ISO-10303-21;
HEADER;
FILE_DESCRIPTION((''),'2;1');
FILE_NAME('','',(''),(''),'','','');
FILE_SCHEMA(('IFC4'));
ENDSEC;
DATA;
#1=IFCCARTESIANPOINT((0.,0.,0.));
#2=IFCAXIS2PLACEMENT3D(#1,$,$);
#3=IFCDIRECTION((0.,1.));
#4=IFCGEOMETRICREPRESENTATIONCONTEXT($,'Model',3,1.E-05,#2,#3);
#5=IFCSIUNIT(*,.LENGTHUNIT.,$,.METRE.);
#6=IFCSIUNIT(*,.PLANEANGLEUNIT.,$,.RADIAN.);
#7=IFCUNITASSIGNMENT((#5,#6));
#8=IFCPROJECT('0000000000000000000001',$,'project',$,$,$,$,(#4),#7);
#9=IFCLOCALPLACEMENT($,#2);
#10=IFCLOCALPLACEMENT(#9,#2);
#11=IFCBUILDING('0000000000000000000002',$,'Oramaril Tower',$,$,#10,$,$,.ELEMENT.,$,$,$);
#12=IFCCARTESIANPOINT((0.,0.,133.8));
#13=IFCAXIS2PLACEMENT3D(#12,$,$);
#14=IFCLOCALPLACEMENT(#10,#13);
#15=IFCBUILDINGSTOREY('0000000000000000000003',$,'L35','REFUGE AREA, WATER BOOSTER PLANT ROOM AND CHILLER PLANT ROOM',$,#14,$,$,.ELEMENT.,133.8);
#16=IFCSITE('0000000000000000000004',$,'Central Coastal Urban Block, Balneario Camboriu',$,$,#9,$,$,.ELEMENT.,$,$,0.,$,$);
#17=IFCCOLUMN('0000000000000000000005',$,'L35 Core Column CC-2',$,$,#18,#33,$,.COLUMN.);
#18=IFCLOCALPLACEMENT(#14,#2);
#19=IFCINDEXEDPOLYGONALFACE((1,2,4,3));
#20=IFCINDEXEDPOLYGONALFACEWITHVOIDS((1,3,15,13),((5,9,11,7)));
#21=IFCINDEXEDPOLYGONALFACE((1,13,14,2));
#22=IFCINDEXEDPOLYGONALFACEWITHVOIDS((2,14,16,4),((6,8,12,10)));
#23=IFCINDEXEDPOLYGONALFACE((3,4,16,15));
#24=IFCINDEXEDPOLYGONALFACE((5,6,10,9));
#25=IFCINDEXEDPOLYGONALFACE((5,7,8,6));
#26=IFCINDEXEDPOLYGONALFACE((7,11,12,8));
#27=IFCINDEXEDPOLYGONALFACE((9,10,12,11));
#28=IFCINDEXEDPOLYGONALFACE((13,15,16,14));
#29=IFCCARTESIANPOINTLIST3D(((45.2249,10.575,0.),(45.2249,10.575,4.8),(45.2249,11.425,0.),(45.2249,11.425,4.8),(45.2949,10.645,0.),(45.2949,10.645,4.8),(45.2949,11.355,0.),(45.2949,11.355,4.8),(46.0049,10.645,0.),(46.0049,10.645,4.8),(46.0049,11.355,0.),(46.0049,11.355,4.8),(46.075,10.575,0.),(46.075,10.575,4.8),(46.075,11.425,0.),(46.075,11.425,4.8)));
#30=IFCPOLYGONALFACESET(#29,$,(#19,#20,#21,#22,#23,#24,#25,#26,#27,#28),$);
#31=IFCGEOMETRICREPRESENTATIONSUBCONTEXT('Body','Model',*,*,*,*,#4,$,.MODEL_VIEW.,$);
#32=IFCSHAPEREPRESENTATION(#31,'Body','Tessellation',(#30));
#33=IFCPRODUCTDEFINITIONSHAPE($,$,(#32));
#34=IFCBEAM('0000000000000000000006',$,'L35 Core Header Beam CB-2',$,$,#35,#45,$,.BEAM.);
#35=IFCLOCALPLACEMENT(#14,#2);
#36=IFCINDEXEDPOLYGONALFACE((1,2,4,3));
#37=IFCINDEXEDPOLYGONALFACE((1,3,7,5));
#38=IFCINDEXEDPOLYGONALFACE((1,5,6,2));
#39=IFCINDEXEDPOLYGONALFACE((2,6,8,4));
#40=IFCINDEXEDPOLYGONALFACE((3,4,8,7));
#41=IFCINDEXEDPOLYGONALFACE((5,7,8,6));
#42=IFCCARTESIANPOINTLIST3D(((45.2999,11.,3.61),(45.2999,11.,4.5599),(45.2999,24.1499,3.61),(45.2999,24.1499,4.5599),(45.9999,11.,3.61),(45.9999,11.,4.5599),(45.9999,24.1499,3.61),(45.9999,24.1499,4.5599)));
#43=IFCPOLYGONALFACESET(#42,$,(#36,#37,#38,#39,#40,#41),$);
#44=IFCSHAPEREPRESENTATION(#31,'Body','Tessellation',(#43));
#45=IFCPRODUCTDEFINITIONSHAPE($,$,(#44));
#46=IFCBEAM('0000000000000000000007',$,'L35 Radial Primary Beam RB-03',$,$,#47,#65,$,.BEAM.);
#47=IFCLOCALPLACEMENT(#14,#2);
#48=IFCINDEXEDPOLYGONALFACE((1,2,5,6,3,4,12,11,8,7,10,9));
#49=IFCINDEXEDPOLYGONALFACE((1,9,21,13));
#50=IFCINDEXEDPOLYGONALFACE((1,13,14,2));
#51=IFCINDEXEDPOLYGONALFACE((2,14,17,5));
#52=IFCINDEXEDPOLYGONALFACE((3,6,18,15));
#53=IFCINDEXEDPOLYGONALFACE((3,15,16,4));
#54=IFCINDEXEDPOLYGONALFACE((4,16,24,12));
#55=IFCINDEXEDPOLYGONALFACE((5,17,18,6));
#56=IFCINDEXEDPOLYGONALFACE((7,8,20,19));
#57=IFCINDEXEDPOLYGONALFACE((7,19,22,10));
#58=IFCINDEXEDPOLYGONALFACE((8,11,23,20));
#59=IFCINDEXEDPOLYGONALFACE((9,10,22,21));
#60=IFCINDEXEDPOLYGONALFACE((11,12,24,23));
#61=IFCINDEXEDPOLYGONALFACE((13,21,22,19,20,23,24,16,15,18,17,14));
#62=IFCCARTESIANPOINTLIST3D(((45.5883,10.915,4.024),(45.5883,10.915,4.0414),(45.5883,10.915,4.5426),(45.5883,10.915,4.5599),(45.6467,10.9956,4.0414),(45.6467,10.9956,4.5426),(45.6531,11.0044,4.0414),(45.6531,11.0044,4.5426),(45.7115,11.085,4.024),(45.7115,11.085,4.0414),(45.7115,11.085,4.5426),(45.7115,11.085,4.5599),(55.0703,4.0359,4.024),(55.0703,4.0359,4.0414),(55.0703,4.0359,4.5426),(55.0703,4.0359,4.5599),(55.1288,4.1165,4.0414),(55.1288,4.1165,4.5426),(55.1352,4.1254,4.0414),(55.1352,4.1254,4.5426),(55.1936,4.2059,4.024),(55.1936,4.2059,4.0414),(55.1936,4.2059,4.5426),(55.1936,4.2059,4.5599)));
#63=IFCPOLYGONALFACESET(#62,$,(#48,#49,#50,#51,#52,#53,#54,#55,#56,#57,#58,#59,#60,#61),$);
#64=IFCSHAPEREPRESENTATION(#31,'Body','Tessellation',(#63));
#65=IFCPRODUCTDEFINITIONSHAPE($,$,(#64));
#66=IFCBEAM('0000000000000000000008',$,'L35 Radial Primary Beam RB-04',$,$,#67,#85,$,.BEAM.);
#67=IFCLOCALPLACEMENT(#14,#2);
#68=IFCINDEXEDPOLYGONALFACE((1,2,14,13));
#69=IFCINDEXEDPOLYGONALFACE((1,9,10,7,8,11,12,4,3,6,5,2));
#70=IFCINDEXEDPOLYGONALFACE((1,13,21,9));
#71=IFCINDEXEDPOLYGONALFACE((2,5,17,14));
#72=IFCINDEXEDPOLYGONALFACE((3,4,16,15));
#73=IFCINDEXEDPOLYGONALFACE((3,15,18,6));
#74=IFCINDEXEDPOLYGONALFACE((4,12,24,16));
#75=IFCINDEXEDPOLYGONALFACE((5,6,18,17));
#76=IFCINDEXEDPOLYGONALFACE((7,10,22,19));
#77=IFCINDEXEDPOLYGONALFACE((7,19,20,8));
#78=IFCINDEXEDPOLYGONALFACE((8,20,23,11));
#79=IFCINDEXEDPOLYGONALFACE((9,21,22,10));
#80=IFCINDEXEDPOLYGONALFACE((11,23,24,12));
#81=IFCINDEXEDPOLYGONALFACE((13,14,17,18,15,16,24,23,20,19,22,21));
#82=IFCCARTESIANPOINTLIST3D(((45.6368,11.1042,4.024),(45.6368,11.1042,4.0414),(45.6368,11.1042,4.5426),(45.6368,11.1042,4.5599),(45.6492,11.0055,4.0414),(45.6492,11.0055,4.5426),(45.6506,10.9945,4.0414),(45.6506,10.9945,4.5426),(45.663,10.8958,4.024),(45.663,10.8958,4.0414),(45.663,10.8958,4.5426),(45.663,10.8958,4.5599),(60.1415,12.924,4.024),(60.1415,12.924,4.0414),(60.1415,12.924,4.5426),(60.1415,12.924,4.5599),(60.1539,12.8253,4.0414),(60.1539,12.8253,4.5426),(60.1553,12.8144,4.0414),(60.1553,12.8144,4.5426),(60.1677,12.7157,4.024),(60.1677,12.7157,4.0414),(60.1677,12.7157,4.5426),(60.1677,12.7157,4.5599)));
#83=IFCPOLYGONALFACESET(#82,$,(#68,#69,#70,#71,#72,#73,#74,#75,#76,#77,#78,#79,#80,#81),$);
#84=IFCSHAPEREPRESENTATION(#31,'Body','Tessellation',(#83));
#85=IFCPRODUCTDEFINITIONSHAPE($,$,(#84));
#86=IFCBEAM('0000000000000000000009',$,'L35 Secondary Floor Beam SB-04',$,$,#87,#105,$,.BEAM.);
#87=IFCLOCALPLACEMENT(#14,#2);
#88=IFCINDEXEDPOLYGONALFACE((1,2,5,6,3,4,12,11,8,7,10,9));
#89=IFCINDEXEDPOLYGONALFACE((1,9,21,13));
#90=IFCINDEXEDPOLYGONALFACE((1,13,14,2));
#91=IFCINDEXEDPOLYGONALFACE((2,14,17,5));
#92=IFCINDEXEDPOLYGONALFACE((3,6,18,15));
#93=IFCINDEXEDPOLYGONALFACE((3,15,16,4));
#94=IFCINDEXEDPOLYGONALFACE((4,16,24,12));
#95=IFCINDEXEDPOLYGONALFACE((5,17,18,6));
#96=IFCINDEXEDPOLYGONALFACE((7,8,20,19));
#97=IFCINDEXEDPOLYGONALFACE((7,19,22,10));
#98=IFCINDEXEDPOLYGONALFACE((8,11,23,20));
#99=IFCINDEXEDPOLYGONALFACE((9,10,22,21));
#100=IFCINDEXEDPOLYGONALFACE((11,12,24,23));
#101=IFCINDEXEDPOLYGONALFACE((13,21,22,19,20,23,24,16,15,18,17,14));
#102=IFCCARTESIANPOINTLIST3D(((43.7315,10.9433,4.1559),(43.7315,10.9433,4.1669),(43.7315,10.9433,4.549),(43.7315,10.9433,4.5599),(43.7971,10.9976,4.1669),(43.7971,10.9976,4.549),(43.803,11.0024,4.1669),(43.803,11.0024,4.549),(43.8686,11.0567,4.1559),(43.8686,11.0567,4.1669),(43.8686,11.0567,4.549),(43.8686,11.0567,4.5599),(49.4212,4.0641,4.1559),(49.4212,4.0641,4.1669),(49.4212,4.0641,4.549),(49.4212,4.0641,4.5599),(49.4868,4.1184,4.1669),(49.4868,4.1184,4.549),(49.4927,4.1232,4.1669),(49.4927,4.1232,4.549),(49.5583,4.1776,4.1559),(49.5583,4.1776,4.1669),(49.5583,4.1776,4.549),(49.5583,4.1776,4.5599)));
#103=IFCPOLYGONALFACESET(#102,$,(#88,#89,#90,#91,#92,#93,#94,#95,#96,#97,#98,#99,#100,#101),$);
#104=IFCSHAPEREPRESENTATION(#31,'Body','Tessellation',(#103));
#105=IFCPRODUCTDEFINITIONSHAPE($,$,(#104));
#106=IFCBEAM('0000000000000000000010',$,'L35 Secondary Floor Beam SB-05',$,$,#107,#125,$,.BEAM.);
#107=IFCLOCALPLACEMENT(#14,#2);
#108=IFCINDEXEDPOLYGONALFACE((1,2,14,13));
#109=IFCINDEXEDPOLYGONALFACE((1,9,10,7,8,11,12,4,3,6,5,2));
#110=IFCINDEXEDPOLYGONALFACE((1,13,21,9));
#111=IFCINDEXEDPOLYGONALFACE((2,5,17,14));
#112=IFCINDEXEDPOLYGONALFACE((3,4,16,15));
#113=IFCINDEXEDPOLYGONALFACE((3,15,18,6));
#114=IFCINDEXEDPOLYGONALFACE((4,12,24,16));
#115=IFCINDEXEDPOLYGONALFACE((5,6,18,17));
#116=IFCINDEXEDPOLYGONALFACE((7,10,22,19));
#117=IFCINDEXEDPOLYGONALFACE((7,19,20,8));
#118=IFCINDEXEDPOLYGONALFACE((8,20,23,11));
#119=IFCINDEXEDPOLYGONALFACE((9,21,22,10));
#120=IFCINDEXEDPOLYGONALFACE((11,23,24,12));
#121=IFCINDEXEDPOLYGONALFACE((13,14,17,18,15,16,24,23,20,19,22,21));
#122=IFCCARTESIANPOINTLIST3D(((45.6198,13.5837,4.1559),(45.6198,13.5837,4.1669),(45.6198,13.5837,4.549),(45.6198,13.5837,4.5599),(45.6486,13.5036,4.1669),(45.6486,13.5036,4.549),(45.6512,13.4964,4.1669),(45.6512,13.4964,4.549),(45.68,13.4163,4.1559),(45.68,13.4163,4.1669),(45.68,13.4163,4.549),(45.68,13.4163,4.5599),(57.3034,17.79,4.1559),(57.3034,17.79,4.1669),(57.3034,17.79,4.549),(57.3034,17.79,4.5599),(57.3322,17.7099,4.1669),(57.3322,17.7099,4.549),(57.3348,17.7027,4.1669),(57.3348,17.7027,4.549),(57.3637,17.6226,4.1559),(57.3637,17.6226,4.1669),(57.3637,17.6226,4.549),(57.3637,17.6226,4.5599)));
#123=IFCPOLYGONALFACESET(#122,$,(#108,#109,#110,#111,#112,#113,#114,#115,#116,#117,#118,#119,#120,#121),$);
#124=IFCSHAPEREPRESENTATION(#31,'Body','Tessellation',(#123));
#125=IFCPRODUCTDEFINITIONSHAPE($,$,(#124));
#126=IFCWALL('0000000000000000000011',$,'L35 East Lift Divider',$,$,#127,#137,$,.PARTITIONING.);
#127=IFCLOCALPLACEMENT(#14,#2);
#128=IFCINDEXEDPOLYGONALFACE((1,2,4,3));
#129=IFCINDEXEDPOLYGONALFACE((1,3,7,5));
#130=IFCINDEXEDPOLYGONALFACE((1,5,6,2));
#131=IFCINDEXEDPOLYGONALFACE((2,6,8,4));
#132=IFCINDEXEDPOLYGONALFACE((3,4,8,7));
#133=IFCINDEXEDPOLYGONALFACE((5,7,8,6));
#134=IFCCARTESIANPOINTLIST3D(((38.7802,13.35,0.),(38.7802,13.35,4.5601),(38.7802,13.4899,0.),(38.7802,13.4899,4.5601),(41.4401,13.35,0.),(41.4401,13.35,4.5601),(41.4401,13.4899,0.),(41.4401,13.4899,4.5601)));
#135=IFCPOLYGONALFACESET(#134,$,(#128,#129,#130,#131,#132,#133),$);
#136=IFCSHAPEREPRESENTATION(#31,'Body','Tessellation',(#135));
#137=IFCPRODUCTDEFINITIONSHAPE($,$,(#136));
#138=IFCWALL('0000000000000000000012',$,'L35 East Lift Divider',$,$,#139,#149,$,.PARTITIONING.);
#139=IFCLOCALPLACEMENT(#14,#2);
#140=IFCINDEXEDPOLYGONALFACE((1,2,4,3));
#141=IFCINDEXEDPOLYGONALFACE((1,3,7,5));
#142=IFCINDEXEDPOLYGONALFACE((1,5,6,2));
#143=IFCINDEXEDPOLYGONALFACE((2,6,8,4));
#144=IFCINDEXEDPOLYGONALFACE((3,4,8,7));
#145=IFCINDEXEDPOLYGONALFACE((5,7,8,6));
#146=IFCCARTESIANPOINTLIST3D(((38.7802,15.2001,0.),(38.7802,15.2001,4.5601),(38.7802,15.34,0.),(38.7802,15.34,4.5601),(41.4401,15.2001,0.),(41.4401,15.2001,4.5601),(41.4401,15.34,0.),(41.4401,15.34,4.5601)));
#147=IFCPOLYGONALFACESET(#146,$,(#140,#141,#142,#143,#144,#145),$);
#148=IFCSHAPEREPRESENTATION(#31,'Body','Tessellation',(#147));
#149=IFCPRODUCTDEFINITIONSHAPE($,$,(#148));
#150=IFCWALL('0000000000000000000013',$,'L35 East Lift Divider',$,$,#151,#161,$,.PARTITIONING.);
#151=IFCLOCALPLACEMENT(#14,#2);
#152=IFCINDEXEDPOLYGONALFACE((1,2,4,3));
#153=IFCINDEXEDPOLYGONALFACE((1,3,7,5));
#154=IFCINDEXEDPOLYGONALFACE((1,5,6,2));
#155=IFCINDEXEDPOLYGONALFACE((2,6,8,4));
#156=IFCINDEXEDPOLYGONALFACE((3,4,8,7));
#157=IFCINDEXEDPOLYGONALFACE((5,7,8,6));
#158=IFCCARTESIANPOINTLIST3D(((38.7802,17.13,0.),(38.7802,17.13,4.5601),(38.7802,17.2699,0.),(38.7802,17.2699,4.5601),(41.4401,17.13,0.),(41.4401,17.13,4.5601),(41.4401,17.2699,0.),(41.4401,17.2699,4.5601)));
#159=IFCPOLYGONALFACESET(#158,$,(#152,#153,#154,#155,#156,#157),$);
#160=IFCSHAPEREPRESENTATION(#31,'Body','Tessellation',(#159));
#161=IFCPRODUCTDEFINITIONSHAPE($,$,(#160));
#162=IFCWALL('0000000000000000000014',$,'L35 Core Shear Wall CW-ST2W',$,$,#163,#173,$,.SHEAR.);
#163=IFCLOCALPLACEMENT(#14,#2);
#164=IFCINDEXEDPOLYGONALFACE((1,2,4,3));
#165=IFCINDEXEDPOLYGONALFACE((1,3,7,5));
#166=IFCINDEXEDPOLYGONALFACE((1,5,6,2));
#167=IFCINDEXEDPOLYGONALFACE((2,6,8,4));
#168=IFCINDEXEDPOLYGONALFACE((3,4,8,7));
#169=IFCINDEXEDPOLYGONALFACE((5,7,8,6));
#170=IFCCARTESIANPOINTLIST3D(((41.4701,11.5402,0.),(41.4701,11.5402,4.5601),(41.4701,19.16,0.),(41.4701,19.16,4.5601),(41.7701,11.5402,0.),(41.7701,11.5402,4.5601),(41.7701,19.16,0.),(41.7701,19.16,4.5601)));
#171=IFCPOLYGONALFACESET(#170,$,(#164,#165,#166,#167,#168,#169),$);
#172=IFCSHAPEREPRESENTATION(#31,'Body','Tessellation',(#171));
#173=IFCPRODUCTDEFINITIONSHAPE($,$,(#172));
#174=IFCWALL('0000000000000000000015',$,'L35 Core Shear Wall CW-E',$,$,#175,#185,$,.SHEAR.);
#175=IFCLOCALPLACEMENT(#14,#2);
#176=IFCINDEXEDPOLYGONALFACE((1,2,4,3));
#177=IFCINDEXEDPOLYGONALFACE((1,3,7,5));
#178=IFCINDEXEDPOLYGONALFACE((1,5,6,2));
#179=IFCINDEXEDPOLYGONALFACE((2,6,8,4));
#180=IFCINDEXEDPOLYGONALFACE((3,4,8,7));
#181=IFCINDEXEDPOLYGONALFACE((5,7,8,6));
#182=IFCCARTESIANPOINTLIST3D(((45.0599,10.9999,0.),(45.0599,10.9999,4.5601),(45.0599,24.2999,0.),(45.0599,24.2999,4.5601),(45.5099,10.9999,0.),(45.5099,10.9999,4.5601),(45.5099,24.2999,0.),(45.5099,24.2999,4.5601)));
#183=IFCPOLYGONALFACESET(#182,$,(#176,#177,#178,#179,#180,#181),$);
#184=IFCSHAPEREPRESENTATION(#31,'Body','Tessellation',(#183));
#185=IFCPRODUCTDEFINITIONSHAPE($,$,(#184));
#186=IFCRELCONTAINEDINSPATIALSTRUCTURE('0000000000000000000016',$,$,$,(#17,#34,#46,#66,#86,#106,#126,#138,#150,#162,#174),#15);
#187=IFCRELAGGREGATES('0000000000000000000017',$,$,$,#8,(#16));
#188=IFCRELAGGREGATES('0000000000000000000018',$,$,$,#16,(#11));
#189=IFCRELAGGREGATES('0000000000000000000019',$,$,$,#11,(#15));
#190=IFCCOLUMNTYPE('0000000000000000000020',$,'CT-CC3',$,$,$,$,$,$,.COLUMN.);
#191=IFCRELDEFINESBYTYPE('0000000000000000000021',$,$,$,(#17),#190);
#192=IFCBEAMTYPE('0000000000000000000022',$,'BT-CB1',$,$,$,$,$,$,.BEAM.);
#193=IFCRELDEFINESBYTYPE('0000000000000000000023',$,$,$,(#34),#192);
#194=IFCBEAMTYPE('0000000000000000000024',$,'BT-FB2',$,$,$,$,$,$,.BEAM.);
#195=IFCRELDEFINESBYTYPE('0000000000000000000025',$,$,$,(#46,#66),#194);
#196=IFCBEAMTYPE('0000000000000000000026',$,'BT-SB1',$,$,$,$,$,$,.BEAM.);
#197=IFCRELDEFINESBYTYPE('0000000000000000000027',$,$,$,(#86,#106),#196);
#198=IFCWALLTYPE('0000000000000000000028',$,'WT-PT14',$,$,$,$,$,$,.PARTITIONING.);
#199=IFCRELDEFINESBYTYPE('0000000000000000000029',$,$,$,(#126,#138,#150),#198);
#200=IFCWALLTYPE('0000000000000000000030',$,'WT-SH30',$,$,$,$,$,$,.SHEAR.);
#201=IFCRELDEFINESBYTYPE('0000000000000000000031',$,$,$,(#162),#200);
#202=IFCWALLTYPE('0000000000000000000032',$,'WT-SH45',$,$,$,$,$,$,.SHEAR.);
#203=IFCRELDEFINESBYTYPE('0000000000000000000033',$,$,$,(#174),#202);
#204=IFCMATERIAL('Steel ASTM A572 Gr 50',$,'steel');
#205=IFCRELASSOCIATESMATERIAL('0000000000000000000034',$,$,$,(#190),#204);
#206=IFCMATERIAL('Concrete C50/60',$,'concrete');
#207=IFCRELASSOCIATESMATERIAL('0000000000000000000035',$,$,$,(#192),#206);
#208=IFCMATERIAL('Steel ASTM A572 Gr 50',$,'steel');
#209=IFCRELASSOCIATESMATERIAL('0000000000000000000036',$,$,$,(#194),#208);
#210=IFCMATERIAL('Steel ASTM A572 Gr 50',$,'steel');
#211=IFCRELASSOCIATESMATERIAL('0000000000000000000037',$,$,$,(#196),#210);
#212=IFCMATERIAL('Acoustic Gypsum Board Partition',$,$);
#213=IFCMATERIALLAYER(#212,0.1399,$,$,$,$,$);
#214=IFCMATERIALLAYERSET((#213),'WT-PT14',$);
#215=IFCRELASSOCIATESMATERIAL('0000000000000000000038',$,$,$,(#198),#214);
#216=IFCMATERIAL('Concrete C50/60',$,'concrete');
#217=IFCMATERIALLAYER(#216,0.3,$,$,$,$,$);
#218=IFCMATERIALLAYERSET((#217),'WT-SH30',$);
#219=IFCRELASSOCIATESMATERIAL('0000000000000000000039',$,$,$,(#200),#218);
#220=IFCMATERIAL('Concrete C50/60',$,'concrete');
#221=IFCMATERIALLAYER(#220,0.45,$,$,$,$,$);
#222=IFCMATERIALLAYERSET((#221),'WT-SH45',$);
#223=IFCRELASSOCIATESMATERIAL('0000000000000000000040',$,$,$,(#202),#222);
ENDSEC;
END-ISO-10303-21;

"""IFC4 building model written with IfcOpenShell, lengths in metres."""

from ifc_helpers import new_model, si_unit, direction, frame, frame_2d, origin, origin_2d, place, context, subcontext, project, spatial, rectangle, hollow_rectangle, i_section, extrude, material, layer, layer_set, material_profile, profile_set, type_object, element, save


model = new_model("IFC4")

# Units and contexts
model_context = context("Model", 3, precision=1e-05, world=origin(), true_north=direction((0.0, 1.0)))
body_context = subcontext(model_context, "Body", "Model", "MODEL_VIEW")
ifc_project = project(units=[si_unit("LENGTHUNIT", "METRE"), si_unit("PLANEANGLEUNIT", "RADIAN")], contexts=[model_context])

# Site, building, storey
site_placement = place(None, origin())
site = spatial("IfcSite", under=ifc_project, at=site_placement, Name="Central Coastal Urban Block, Balneario Camboriu", CompositionType="ELEMENT", RefElevation=0.0)
building_placement = place(site_placement, origin())
building = spatial("IfcBuilding", under=site, at=building_placement, Name="Oramaril Tower", CompositionType="ELEMENT")
storey_placement = place(building_placement, frame((0.0, 0.0, 133.8)))
storey = spatial("IfcBuildingStorey", under=building, at=storey_placement, Name="L35", Description="REFUGE AREA, WATER BOOSTER PLANT ROOM AND CHILLER PLANT ROOM", CompositionType="ELEMENT", Elevation=133.8)

# Column
ifc_material_1 = material(Name="Steel ASTM A572 Gr 50", Category="steel")
ifc_material_profile_1 = material_profile(ifc_material_1, hollow_rectangle(XDim=0.8501, YDim=0.8501, WallThickness=0.0701, at=origin_2d()), Name="BOX850X850X70")
ifc_profile_set_1 = profile_set([ifc_material_profile_1], Name="Steel ASTM A572 Gr 50")
column_type = type_object("IfcColumnType", Name="CT-CC3", PredefinedType="COLUMN", material=ifc_profile_set_1)
column_placement = place(storey_placement, frame((45.6499, 11.0, 0.0), z_axis=(0.0, 0.0, 1.0), x_axis=(1.0, 0.0, 0.0)))
element("IfcColumn", 1, at=column_placement, inside=storey, type_object=column_type, Name="L35 Core Column CC-2", PredefinedType="COLUMN", context=body_context, shape_type="SweptSolid", body=[
    extrude(hollow_rectangle(XDim=0.8501, YDim=0.8501, WallThickness=0.0701, at=origin_2d()), origin(), (0.0, 0.0, 1.0), 4.8),
])

# Beams
ifc_material_2 = material(Name="Concrete C50/60", Category="concrete")
ifc_material_profile_2 = material_profile(ifc_material_2, rectangle(XDim=0.7, YDim=0.95, at=origin_2d()), Name="CB700X950")
ifc_profile_set_2 = profile_set([ifc_material_profile_2], Name="Concrete C50/60")
beam_type_1 = type_object("IfcBeamType", Name="BT-CB1", PredefinedType="BEAM", material=ifc_profile_set_2)
beam_1_placement = place(storey_placement, frame((45.6499, 11.0, 4.085), z_axis=(0.0, 1.0, 0.0), x_axis=(-1.0, 0.0, 0.0)))
element("IfcBeam", 2, at=beam_1_placement, inside=storey, type_object=beam_type_1, Name="L35 Core Header Beam CB-2", PredefinedType="BEAM", context=body_context, shape_type="SweptSolid", body=[
    extrude(rectangle(XDim=0.7, YDim=0.95, at=origin_2d()), origin(), (0.0, 0.0, 1.0), 13.1499),
])
ifc_material_3 = material(Name="Steel ASTM A572 Gr 50", Category="steel")
ifc_material_profile_3 = material_profile(ifc_material_3, i_section(OverallWidth=0.21, OverallDepth=0.5359, WebThickness=0.011, FlangeThickness=0.0173, at=origin_2d()), Name="W21X68")
ifc_profile_set_3 = profile_set([ifc_material_profile_3], Name="Steel ASTM A572 Gr 50")
beam_type_2 = type_object("IfcBeamType", Name="BT-FB2", PredefinedType="BEAM", material=ifc_profile_set_3)
beam_2_placement = place(storey_placement, frame((45.6499, 11.0, 4.292), z_axis=(0.809425, -0.587223, 0.0), x_axis=(0.587223, 0.809425, 0.0)))
element("IfcBeam", 3, at=beam_2_placement, inside=storey, type_object=beam_type_2, Name="L35 Radial Primary Beam RB-03", PredefinedType="BEAM", context=body_context, shape_type="SweptSolid", body=[
    extrude(i_section(OverallWidth=0.21, OverallDepth=0.5359, WebThickness=0.011, FlangeThickness=0.0173, at=origin_2d()), origin(), (0.0, 0.0, 1.0), 11.7146),
])
beam_3_placement = place(storey_placement, frame((45.6499, 11.0, 4.292), z_axis=(0.992221, 0.124489, 0.0), x_axis=(-0.124489, 0.992221, 0.0)))
element("IfcBeam", 4, at=beam_3_placement, inside=storey, type_object=beam_type_2, Name="L35 Radial Primary Beam RB-04", PredefinedType="BEAM", context=body_context, shape_type="SweptSolid", body=[
    extrude(i_section(OverallWidth=0.21, OverallDepth=0.5359, WebThickness=0.011, FlangeThickness=0.0173, at=origin_2d()), origin(), (0.0, 0.0, 1.0), 14.6184),
])
ifc_material_4 = material(Name="Steel ASTM A572 Gr 50", Category="steel")
ifc_material_profile_4 = material_profile(ifc_material_4, i_section(OverallWidth=0.178, OverallDepth=0.4041, WebThickness=0.0076, FlangeThickness=0.011, at=origin_2d()), Name="W16X36")
ifc_profile_set_4 = profile_set([ifc_material_profile_4], Name="Steel ASTM A572 Gr 50")
beam_type_3 = type_object("IfcBeamType", Name="BT-SB1", PredefinedType="BEAM", material=ifc_profile_set_4)
beam_4_placement = place(storey_placement, frame((43.8, 11.0, 4.3579), z_axis=(0.637342, -0.770581, 0.0), x_axis=(0.770581, 0.637342, 0.0)))
element("IfcBeam", 5, at=beam_4_placement, inside=storey, type_object=beam_type_3, Name="L35 Secondary Floor Beam SB-04", PredefinedType="BEAM", context=body_context, shape_type="SweptSolid", body=[
    extrude(i_section(OverallWidth=0.178, OverallDepth=0.4041, WebThickness=0.0076, FlangeThickness=0.011, at=origin_2d()), origin(), (0.0, 0.0, 1.0), 8.9272),
])
beam_5_placement = place(storey_placement, frame((45.6499, 13.5, 4.3579), z_axis=(0.940882, 0.338734, 0.0), x_axis=(-0.338734, 0.940882, 0.0)))
element("IfcBeam", 6, at=beam_5_placement, inside=storey, type_object=beam_type_3, Name="L35 Secondary Floor Beam SB-05", PredefinedType="BEAM", context=body_context, shape_type="SweptSolid", body=[
    extrude(i_section(OverallWidth=0.178, OverallDepth=0.4041, WebThickness=0.0076, FlangeThickness=0.011, at=origin_2d()), origin(), (0.0, 0.0, 1.0), 12.4177),
])

# Walls
ifc_material_5 = material(Name="Acoustic Gypsum Board Partition")
ifc_layer_1 = layer(ifc_material_5, 0.1399)
ifc_layer_set_1 = layer_set([ifc_layer_1], Name="WT-PT14")
wall_type_1 = type_object("IfcWallType", Name="WT-PT14", PredefinedType="PARTITIONING", material=ifc_layer_set_1)
for number, where, z_axis, x_axis, name in (
    (7, (38.78, 13.4199, 0.0), (0.0, 0.0, 1.0), (1.0, 0.0, 0.0), "L35 East Lift Divider"),
    (8, (38.78, 15.27, 0.0), (0.0, 0.0, 1.0), (1.0, 0.0, 0.0), "L35 East Lift Divider"),
    (9, (38.78, 17.2, 0.0), (0.0, 0.0, 1.0), (1.0, 0.0, 0.0), "L35 East Lift Divider"),
):
    element("IfcWall", number, at=place(storey_placement, frame(where, z_axis=z_axis, x_axis=x_axis)), inside=storey, type_object=wall_type_1, Name=name, PredefinedType="PARTITIONING", context=body_context, shape_type="SweptSolid", body=[
        extrude(rectangle(XDim=2.6599, YDim=0.1399, at=frame_2d((1.3301, 0.0))), origin(), (0.0, 0.0, 1.0), 4.5601),
    ])
ifc_material_6 = material(Name="Concrete C50/60", Category="concrete")
ifc_layer_2 = layer(ifc_material_6, 0.3)
ifc_layer_set_2 = layer_set([ifc_layer_2], Name="WT-SH30")
wall_type_2 = type_object("IfcWallType", Name="WT-SH30", PredefinedType="SHEAR", material=ifc_layer_set_2)
wall_1_placement = place(storey_placement, frame((41.6201, 11.54, 0.0), z_axis=(0.0, 0.0, 1.0), x_axis=(0.0, 1.0, 0.0)))
element("IfcWall", 10, at=wall_1_placement, inside=storey, type_object=wall_type_2, Name="L35 Core Shear Wall CW-ST2W", PredefinedType="SHEAR", context=body_context, shape_type="SweptSolid", body=[
    extrude(rectangle(XDim=7.6199, YDim=0.3, at=frame_2d((3.8101, 0.0))), origin(), (0.0, 0.0, 1.0), 4.5601),
])
ifc_material_7 = material(Name="Concrete C50/60", Category="concrete")
ifc_layer_3 = layer(ifc_material_7, 0.45)
ifc_layer_set_3 = layer_set([ifc_layer_3], Name="WT-SH45")
wall_type_3 = type_object("IfcWallType", Name="WT-SH45", PredefinedType="SHEAR", material=ifc_layer_set_3)
wall_2_placement = place(storey_placement, frame((45.2849, 11.0, 0.0), z_axis=(0.0, 0.0, 1.0), x_axis=(0.0, 1.0, 0.0)))
element("IfcWall", 11, at=wall_2_placement, inside=storey, type_object=wall_type_3, Name="L35 Core Shear Wall CW-E", PredefinedType="SHEAR", context=body_context, shape_type="SweptSolid", body=[
    extrude(rectangle(XDim=13.3, YDim=0.45, at=frame_2d((6.6499, 0.0))), origin(), (0.0, 0.0, 1.0), 4.5601),
])

save(model, "model.ifc")
